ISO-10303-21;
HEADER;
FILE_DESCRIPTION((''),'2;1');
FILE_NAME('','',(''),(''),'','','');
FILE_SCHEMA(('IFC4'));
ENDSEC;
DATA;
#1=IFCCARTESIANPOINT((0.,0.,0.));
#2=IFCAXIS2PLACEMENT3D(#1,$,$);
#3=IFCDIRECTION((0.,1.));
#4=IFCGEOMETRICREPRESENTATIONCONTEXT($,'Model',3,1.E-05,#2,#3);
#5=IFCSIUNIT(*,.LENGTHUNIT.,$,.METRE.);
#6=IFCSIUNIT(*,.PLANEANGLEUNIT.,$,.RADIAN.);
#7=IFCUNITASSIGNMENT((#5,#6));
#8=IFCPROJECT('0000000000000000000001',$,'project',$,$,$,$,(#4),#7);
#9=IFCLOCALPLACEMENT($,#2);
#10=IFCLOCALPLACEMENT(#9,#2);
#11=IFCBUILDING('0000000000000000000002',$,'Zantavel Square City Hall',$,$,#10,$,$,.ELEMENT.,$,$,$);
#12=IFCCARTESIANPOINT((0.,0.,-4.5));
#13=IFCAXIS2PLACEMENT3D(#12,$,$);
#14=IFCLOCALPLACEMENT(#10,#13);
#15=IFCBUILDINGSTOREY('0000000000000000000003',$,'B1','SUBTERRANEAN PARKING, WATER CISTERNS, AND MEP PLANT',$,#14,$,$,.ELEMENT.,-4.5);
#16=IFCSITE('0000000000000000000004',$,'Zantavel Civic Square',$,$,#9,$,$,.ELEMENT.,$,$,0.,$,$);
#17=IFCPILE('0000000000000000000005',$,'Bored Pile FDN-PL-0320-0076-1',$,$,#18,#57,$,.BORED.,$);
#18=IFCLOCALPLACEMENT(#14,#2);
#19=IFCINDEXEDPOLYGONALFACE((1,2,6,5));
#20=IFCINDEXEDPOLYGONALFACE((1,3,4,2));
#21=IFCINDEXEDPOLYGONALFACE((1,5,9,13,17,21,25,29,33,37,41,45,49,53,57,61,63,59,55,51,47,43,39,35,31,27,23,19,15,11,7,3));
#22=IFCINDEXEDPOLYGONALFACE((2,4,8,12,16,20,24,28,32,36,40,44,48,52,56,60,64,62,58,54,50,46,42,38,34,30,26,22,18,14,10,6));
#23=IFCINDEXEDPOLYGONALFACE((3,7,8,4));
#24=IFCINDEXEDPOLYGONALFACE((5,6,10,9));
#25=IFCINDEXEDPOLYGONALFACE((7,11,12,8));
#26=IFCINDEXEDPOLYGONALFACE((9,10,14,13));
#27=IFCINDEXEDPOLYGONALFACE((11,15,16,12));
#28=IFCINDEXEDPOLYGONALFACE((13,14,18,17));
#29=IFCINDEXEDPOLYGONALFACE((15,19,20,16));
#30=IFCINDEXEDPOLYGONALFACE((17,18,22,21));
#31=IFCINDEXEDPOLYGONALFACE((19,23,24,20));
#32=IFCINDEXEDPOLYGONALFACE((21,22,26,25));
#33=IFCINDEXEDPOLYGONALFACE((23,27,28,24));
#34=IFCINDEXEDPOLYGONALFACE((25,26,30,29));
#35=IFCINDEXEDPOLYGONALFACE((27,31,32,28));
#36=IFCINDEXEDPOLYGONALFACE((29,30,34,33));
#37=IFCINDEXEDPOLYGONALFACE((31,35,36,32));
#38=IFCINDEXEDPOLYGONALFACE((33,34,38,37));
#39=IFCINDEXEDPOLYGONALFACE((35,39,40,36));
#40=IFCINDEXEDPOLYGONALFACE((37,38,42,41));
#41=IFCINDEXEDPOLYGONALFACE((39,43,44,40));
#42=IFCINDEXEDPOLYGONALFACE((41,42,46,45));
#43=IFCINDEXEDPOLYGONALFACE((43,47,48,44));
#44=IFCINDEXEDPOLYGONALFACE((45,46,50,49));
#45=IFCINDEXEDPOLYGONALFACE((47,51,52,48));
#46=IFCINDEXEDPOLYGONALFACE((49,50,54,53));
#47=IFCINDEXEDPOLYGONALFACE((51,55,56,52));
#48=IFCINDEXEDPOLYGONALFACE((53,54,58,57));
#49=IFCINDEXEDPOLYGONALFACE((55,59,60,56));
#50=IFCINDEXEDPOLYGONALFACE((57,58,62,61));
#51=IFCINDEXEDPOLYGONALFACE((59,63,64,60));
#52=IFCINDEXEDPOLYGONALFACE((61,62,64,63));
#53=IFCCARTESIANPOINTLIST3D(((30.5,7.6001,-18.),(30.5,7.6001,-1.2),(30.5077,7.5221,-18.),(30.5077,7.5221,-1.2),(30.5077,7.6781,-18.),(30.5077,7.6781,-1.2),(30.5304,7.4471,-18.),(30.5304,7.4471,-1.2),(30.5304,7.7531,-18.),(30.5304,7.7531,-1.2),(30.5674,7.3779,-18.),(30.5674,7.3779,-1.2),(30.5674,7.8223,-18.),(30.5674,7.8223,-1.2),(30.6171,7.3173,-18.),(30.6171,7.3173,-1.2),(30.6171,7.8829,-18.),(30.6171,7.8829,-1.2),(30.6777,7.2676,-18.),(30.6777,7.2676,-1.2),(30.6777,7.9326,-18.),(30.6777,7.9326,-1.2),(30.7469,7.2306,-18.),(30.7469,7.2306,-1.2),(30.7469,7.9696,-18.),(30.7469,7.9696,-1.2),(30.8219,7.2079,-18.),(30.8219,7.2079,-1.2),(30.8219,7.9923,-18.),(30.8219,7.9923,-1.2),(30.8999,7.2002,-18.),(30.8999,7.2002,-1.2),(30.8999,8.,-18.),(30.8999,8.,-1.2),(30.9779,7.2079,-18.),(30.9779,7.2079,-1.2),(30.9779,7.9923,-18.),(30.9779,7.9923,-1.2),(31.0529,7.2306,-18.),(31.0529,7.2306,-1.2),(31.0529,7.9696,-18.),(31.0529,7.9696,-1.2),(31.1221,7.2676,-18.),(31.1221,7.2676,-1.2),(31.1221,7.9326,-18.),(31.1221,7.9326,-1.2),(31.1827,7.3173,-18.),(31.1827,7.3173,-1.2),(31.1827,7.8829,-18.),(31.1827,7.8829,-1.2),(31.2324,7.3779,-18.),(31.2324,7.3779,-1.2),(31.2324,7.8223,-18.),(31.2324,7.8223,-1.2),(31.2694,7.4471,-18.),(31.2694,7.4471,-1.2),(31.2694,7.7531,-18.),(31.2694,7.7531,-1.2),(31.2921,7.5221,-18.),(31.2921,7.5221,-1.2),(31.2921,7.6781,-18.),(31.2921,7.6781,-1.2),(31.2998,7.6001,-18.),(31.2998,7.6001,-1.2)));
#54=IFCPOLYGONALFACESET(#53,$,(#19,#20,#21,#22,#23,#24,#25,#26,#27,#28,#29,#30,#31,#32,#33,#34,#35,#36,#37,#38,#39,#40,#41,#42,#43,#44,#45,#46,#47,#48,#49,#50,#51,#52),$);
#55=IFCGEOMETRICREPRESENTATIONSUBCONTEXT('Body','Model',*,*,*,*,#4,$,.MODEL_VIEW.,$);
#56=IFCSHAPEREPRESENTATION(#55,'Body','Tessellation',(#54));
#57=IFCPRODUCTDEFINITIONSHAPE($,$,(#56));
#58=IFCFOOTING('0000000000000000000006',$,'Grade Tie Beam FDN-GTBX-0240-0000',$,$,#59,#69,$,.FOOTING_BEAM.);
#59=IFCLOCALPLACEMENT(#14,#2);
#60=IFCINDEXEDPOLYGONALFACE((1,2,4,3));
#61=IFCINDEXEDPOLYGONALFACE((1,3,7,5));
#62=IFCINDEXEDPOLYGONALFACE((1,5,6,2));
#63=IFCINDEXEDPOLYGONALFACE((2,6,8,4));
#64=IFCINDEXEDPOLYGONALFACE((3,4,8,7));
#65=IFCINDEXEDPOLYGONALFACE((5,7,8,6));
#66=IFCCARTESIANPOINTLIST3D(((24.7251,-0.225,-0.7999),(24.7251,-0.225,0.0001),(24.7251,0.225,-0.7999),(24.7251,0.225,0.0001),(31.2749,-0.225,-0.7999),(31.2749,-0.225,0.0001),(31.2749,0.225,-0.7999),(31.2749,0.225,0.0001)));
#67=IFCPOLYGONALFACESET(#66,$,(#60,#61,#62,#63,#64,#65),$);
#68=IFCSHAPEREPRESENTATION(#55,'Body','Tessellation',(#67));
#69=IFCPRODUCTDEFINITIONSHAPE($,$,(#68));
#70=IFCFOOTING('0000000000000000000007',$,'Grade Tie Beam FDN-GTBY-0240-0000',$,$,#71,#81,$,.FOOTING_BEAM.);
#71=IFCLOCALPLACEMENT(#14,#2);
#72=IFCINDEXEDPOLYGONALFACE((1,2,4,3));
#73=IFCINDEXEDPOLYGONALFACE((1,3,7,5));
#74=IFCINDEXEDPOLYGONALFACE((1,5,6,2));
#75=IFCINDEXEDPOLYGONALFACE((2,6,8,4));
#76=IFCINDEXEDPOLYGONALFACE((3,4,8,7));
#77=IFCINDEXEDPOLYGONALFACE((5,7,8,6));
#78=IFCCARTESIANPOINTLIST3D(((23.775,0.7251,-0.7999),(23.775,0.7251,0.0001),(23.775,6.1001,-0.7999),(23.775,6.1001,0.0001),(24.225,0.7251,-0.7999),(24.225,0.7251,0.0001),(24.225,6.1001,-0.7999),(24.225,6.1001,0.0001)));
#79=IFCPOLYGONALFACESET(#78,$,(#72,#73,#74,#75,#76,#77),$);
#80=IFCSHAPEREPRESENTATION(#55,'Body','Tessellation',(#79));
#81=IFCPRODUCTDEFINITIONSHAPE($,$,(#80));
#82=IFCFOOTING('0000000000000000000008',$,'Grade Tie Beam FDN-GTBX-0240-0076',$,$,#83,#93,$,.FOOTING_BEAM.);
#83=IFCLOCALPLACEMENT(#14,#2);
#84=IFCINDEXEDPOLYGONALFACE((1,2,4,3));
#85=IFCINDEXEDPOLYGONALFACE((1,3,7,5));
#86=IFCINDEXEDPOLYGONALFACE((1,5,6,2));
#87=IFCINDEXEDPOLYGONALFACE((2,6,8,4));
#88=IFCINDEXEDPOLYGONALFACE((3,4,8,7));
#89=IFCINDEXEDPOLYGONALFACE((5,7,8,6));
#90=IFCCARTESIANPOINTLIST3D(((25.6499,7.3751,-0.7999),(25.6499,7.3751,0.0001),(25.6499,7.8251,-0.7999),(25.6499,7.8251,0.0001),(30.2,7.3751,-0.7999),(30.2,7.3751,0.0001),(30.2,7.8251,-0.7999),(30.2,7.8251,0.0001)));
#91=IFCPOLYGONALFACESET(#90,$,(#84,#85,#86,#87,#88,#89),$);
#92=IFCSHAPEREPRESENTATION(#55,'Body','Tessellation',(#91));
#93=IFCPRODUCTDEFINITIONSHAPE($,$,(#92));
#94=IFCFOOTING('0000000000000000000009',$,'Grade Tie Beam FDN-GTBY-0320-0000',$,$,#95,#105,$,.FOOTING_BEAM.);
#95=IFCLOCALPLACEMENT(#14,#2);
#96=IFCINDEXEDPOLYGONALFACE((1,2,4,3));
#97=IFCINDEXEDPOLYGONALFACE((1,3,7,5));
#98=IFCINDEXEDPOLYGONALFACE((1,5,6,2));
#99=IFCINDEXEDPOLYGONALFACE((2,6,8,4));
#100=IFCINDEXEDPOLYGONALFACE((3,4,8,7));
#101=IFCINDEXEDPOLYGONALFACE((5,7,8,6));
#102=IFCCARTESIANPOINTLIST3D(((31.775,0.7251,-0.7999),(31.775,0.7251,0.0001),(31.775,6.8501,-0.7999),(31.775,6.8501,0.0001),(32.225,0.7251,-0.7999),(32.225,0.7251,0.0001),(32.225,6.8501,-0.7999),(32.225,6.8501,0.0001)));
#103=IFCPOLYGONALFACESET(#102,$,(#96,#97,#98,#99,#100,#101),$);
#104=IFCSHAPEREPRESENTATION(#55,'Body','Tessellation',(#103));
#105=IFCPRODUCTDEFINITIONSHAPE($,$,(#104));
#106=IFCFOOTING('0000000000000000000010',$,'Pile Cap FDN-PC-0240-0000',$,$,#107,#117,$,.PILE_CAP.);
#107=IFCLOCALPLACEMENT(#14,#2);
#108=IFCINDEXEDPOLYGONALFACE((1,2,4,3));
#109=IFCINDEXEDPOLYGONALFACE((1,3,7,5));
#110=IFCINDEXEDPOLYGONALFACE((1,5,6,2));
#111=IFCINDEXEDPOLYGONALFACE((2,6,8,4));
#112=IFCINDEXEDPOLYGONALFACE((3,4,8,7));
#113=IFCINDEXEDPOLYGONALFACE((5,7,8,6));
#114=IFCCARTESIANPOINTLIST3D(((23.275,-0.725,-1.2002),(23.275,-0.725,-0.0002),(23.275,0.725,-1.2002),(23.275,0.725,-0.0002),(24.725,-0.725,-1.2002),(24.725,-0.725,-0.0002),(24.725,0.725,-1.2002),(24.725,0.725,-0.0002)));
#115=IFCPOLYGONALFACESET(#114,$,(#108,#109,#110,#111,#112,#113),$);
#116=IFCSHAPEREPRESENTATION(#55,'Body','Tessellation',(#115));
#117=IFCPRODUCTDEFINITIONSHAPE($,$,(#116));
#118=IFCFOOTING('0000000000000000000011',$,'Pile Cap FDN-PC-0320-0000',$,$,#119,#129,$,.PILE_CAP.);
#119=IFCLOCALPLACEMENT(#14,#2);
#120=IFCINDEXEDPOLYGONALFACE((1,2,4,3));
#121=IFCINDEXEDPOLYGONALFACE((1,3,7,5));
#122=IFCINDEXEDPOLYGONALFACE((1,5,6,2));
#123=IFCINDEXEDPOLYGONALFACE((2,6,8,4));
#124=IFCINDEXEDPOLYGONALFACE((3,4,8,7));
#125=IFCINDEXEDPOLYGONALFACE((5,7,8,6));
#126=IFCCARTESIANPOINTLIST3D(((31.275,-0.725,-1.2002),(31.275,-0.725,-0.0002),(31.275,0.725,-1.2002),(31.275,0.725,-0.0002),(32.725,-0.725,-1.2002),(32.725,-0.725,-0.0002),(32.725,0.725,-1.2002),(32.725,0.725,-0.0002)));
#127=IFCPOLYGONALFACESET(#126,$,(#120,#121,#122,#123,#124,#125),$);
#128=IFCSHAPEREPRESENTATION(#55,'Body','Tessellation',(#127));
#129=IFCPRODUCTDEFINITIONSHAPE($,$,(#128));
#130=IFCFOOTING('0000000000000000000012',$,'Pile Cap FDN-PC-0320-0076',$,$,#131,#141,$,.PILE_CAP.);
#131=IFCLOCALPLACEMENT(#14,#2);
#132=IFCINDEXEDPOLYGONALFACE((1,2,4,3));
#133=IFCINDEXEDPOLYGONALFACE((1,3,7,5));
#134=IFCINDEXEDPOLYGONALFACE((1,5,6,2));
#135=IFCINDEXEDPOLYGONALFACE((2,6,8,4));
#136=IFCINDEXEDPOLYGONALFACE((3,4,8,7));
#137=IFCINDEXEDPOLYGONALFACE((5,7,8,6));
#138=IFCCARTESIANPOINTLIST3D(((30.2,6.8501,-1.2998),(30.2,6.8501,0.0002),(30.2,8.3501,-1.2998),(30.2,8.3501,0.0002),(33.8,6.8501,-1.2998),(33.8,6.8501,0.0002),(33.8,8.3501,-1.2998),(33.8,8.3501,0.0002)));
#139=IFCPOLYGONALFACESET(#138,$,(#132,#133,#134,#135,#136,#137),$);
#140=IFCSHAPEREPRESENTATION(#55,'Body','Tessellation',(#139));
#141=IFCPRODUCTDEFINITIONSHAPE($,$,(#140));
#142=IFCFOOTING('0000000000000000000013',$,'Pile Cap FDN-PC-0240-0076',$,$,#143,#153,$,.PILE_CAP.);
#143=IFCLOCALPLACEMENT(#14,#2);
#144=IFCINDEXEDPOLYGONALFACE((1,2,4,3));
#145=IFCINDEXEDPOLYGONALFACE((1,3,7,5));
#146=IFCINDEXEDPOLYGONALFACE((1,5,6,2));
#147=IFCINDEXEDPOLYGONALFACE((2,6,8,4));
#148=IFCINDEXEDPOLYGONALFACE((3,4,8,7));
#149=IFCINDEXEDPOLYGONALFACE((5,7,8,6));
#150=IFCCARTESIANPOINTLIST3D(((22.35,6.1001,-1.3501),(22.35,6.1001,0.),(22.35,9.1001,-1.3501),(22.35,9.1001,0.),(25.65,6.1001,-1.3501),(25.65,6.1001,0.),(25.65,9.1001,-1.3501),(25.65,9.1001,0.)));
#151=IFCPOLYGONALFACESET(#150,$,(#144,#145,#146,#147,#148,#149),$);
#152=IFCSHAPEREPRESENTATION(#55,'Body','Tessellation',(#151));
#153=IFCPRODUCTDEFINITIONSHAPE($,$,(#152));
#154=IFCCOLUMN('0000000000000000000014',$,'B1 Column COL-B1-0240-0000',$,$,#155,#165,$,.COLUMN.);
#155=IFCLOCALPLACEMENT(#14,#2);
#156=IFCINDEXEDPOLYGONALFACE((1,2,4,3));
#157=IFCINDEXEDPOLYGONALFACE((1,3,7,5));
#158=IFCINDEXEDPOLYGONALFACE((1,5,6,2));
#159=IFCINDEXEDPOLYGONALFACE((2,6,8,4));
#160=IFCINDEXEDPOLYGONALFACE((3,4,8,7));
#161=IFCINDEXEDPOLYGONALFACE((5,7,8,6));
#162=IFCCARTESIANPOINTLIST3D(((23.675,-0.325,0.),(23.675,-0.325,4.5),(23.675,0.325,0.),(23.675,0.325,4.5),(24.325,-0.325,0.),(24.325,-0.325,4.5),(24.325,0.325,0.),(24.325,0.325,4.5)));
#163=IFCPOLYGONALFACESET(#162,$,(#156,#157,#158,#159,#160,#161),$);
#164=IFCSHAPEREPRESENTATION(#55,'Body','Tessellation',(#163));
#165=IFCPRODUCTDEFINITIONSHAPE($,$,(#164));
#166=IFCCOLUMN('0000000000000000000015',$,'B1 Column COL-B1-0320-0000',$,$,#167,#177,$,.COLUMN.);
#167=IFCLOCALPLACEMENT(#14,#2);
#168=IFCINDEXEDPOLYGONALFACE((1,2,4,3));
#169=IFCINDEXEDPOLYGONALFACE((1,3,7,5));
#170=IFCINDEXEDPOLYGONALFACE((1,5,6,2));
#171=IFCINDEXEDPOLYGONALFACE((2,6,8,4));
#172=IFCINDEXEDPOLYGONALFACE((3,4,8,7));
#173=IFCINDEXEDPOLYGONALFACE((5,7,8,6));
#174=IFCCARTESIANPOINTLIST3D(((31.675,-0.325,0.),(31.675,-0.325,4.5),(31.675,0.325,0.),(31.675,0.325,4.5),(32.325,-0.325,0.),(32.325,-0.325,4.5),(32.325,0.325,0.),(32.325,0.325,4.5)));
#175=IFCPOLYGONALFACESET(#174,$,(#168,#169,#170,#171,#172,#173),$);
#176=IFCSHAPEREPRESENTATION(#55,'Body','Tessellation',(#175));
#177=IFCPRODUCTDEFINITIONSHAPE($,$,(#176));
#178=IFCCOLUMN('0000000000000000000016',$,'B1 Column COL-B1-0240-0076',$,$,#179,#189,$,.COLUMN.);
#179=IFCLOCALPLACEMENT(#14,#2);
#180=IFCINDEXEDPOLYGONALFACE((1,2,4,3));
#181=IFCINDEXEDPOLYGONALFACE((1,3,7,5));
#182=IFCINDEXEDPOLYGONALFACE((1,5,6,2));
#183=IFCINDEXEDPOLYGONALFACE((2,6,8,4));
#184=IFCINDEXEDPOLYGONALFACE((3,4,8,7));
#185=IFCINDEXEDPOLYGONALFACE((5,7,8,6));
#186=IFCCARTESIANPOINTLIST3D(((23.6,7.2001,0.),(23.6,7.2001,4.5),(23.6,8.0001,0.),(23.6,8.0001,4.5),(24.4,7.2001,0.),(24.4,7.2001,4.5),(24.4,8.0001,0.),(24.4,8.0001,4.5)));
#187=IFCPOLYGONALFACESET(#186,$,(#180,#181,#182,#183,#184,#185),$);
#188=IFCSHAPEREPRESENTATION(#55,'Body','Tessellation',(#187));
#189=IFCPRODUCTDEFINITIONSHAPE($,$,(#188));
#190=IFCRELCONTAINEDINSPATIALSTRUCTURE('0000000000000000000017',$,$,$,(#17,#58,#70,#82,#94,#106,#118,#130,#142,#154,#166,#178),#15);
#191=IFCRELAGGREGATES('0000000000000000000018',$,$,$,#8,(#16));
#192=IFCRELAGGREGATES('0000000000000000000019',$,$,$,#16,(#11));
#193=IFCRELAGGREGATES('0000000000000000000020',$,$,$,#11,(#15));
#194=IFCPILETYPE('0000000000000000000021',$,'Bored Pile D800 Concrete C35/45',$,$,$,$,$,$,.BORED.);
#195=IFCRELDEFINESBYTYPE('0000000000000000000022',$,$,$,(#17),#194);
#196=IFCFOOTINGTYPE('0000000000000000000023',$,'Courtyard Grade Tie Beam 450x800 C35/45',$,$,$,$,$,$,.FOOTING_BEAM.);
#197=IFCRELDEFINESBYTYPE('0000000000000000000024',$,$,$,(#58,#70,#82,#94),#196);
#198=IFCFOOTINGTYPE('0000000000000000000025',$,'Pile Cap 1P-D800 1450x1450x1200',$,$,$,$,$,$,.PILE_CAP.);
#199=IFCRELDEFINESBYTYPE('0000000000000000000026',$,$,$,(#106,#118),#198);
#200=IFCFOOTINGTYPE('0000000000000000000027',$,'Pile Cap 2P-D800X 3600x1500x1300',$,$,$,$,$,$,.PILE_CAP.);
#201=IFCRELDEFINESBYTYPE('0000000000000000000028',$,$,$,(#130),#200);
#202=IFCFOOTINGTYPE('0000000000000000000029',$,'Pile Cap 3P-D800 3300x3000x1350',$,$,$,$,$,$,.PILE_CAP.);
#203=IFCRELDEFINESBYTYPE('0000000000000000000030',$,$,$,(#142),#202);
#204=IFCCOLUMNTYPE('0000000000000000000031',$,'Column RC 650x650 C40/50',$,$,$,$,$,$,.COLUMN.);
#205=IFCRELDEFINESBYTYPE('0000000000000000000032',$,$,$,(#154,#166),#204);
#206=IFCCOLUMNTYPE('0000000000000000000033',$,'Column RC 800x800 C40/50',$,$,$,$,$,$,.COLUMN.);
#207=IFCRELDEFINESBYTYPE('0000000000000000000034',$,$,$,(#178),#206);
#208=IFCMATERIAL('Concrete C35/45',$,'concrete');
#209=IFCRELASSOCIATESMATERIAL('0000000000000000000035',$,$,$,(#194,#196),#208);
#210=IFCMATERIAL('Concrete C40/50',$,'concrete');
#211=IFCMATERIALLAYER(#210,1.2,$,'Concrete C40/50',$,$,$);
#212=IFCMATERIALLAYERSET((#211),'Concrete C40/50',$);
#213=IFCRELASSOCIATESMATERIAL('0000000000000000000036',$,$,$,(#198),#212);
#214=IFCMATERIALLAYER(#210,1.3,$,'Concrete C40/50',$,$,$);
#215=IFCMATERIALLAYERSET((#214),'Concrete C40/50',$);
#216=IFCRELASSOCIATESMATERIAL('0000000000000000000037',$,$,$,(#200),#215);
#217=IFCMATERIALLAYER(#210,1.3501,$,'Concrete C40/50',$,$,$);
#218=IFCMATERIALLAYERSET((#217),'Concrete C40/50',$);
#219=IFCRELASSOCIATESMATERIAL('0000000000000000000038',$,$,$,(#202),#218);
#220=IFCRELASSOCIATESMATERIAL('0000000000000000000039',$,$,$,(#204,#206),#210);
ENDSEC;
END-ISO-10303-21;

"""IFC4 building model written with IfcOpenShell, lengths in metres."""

from ifc_helpers import new_model, si_unit, direction, frame, origin, origin_2d, place, context, subcontext, project, spatial, rectangle, circle, extrude, material, layer, layer_set, material_profile, profile_set, type_object, element, save


model = new_model("IFC4")

# Units and contexts
model_context = context("Model", 3, precision=1e-05, world=origin(), true_north=direction((0.0, 1.0)))
body_context = subcontext(model_context, "Body", "Model", "MODEL_VIEW")
ifc_project = project(units=[si_unit("LENGTHUNIT", "METRE"), si_unit("PLANEANGLEUNIT", "RADIAN")], contexts=[model_context])

# Site, building, storey
site_placement = place(None, origin())
site = spatial("IfcSite", under=ifc_project, at=site_placement, Name="Zantavel Civic Square", CompositionType="ELEMENT", RefElevation=0.0)
building_placement = place(site_placement, origin())
building = spatial("IfcBuilding", under=site, at=building_placement, Name="Zantavel Square City Hall", CompositionType="ELEMENT")
storey_placement = place(building_placement, frame((0.0, 0.0, -4.5)))
storey = spatial("IfcBuildingStorey", under=building, at=storey_placement, Name="B1", Description="SUBTERRANEAN PARKING, WATER CISTERNS, AND MEP PLANT", CompositionType="ELEMENT", Elevation=-4.5)

# Pile
ifc_material_1 = material(Name="Concrete C35/45", Category="concrete")
ifc_material_profile_1 = material_profile(ifc_material_1, circle(Radius=0.3999, at=origin_2d()), Name="PILE D800")
ifc_profile_set_1 = profile_set([ifc_material_profile_1], Name="Concrete C35/45")
pile_type = type_object("IfcPileType", Name="Bored Pile D800 Concrete C35/45", PredefinedType="BORED", material=ifc_profile_set_1)
pile_1_placement = place(storey_placement, frame((30.8999, 7.6001, -1.2), z_axis=(0.0, 0.0, -1.0), x_axis=(1.0, 0.0, 0.0)))
element("IfcPile", 1, at=pile_1_placement, inside=storey, type_object=pile_type, Name="Bored Pile FDN-PL-0320-0076-1", PredefinedType="BORED", context=body_context, shape_type="SweptSolid", body=[
    extrude(circle(Radius=0.3999, at=origin_2d()), origin(), (0.0, 0.0, 1.0), 16.8),
])

# Footings
ifc_material_profile_2 = material_profile(ifc_material_1, rectangle(XDim=0.45, YDim=0.8, at=origin_2d()), Name="RC 450x800")
ifc_profile_set_2 = profile_set([ifc_material_profile_2], Name="Concrete C35/45")
footing_type_1 = type_object("IfcFootingType", Name="Courtyard Grade Tie Beam 450x800 C35/45", PredefinedType="FOOTING_BEAM", material=ifc_profile_set_2)
footing_1_placement = place(storey_placement, frame((24.7251, 0.0, -0.3999), z_axis=(1.0, 0.0, 0.0), x_axis=(0.0, 1.0, 0.0)))
element("IfcFooting", 2, at=footing_1_placement, inside=storey, type_object=footing_type_1, Name="Grade Tie Beam FDN-GTBX-0240-0000", PredefinedType="FOOTING_BEAM", context=body_context, shape_type="SweptSolid", body=[
    extrude(rectangle(XDim=0.45, YDim=0.8, at=origin_2d()), origin(), (0.0, 0.0, 1.0), 6.5498),
])
footing_2_placement = place(storey_placement, frame((24.0, 0.7251, -0.3999), z_axis=(0.0, 1.0, 0.0), x_axis=(-1.0, 0.0, 0.0)))
element("IfcFooting", 3, at=footing_2_placement, inside=storey, type_object=footing_type_1, Name="Grade Tie Beam FDN-GTBY-0240-0000", PredefinedType="FOOTING_BEAM", context=body_context, shape_type="SweptSolid", body=[
    extrude(rectangle(XDim=0.45, YDim=0.8, at=origin_2d()), origin(), (0.0, 0.0, 1.0), 5.375),
])
footing_3_placement = place(storey_placement, frame((25.6499, 7.6001, -0.3999), z_axis=(1.0, 0.0, 0.0), x_axis=(0.0, 1.0, 0.0)))
element("IfcFooting", 4, at=footing_3_placement, inside=storey, type_object=footing_type_1, Name="Grade Tie Beam FDN-GTBX-0240-0076", PredefinedType="FOOTING_BEAM", context=body_context, shape_type="SweptSolid", body=[
    extrude(rectangle(XDim=0.45, YDim=0.8, at=origin_2d()), origin(), (0.0, 0.0, 1.0), 4.55),
])
footing_4_placement = place(storey_placement, frame((32.0, 0.7251, -0.3999), z_axis=(0.0, 1.0, 0.0), x_axis=(-1.0, 0.0, 0.0)))
element("IfcFooting", 5, at=footing_4_placement, inside=storey, type_object=footing_type_1, Name="Grade Tie Beam FDN-GTBY-0320-0000", PredefinedType="FOOTING_BEAM", context=body_context, shape_type="SweptSolid", body=[
    extrude(rectangle(XDim=0.45, YDim=0.8, at=origin_2d()), origin(), (0.0, 0.0, 1.0), 6.125),
])
ifc_material_2 = material(Name="Concrete C40/50", Category="concrete")
ifc_layer_1 = layer(ifc_material_2, 1.2, Name="Concrete C40/50")
ifc_layer_set_1 = layer_set([ifc_layer_1], Name="Concrete C40/50")
footing_type_2 = type_object("IfcFootingType", Name="Pile Cap 1P-D800 1450x1450x1200", PredefinedType="PILE_CAP", material=ifc_layer_set_1)
for number, where, z_axis, x_axis, name in (
    (6, (24.0, 0.0, -1.2002), (0.0, 0.0, 1.0), (1.0, 0.0, 0.0), "Pile Cap FDN-PC-0240-0000"),
    (7, (32.0, 0.0, -1.2002), (0.0, 0.0, 1.0), (1.0, 0.0, 0.0), "Pile Cap FDN-PC-0320-0000"),
):
    element("IfcFooting", number, at=place(storey_placement, frame(where, z_axis=z_axis, x_axis=x_axis)), inside=storey, type_object=footing_type_2, Name=name, PredefinedType="PILE_CAP", context=body_context, shape_type="SweptSolid", body=[
        extrude(rectangle(XDim=1.45, YDim=1.45, at=origin_2d()), origin(), (0.0, 0.0, 1.0), 1.2),
    ])
ifc_layer_2 = layer(ifc_material_2, 1.3, Name="Concrete C40/50")
ifc_layer_set_2 = layer_set([ifc_layer_2], Name="Concrete C40/50")
footing_type_3 = type_object("IfcFootingType", Name="Pile Cap 2P-D800X 3600x1500x1300", PredefinedType="PILE_CAP", material=ifc_layer_set_2)
footing_5_placement = place(storey_placement, frame((32.0, 7.6001, -1.2998), z_axis=(0.0, 0.0, 1.0), x_axis=(1.0, 0.0, 0.0)))
element("IfcFooting", 8, at=footing_5_placement, inside=storey, type_object=footing_type_3, Name="Pile Cap FDN-PC-0320-0076", PredefinedType="PILE_CAP", context=body_context, shape_type="SweptSolid", body=[
    extrude(rectangle(XDim=3.6001, YDim=1.5, at=origin_2d()), origin(), (0.0, 0.0, 1.0), 1.3),
])
ifc_layer_3 = layer(ifc_material_2, 1.3501, Name="Concrete C40/50")
ifc_layer_set_3 = layer_set([ifc_layer_3], Name="Concrete C40/50")
footing_type_4 = type_object("IfcFootingType", Name="Pile Cap 3P-D800 3300x3000x1350", PredefinedType="PILE_CAP", material=ifc_layer_set_3)
footing_6_placement = place(storey_placement, frame((24.0, 7.6001, -1.3501), z_axis=(0.0, 0.0, 1.0), x_axis=(1.0, 0.0, 0.0)))
element("IfcFooting", 9, at=footing_6_placement, inside=storey, type_object=footing_type_4, Name="Pile Cap FDN-PC-0240-0076", PredefinedType="PILE_CAP", context=body_context, shape_type="SweptSolid", body=[
    extrude(rectangle(XDim=3.3, YDim=3.0, at=origin_2d()), origin(), (0.0, 0.0, 1.0), 1.3501),
])

# Columns
ifc_material_profile_3 = material_profile(ifc_material_2, rectangle(XDim=0.6499, YDim=0.6499, at=origin_2d()), Name="RC 650x650")
ifc_profile_set_3 = profile_set([ifc_material_profile_3], Name="Concrete C40/50")
column_type_1 = type_object("IfcColumnType", Name="Column RC 650x650 C40/50", PredefinedType="COLUMN", material=ifc_profile_set_3)
for number, where, z_axis, x_axis, name in (
    (10, (24.0, 0.0, 0.0), (0.0, 0.0, 1.0), (1.0, 0.0, 0.0), "B1 Column COL-B1-0240-0000"),
    (11, (32.0, 0.0, 0.0), (0.0, 0.0, 1.0), (1.0, 0.0, 0.0), "B1 Column COL-B1-0320-0000"),
):
    element("IfcColumn", number, at=place(storey_placement, frame(where, z_axis=z_axis, x_axis=x_axis)), inside=storey, type_object=column_type_1, Name=name, PredefinedType="COLUMN", context=body_context, shape_type="SweptSolid", body=[
        extrude(rectangle(XDim=0.6499, YDim=0.6499, at=origin_2d()), origin(), (0.0, 0.0, 1.0), 4.5),
    ])
ifc_material_profile_4 = material_profile(ifc_material_2, rectangle(XDim=0.8, YDim=0.8, at=origin_2d()), Name="RC 800x800")
ifc_profile_set_4 = profile_set([ifc_material_profile_4], Name="Concrete C40/50")
column_type_2 = type_object("IfcColumnType", Name="Column RC 800x800 C40/50", PredefinedType="COLUMN", material=ifc_profile_set_4)
column_placement = place(storey_placement, frame((24.0, 7.6001, 0.0), z_axis=(0.0, 0.0, 1.0), x_axis=(1.0, 0.0, 0.0)))
element("IfcColumn", 12, at=column_placement, inside=storey, type_object=column_type_2, Name="B1 Column COL-B1-0240-0076", PredefinedType="COLUMN", context=body_context, shape_type="SweptSolid", body=[
    extrude(rectangle(XDim=0.8, YDim=0.8, at=origin_2d()), origin(), (0.0, 0.0, 1.0), 4.5),
])

save(model, "model.ifc")
